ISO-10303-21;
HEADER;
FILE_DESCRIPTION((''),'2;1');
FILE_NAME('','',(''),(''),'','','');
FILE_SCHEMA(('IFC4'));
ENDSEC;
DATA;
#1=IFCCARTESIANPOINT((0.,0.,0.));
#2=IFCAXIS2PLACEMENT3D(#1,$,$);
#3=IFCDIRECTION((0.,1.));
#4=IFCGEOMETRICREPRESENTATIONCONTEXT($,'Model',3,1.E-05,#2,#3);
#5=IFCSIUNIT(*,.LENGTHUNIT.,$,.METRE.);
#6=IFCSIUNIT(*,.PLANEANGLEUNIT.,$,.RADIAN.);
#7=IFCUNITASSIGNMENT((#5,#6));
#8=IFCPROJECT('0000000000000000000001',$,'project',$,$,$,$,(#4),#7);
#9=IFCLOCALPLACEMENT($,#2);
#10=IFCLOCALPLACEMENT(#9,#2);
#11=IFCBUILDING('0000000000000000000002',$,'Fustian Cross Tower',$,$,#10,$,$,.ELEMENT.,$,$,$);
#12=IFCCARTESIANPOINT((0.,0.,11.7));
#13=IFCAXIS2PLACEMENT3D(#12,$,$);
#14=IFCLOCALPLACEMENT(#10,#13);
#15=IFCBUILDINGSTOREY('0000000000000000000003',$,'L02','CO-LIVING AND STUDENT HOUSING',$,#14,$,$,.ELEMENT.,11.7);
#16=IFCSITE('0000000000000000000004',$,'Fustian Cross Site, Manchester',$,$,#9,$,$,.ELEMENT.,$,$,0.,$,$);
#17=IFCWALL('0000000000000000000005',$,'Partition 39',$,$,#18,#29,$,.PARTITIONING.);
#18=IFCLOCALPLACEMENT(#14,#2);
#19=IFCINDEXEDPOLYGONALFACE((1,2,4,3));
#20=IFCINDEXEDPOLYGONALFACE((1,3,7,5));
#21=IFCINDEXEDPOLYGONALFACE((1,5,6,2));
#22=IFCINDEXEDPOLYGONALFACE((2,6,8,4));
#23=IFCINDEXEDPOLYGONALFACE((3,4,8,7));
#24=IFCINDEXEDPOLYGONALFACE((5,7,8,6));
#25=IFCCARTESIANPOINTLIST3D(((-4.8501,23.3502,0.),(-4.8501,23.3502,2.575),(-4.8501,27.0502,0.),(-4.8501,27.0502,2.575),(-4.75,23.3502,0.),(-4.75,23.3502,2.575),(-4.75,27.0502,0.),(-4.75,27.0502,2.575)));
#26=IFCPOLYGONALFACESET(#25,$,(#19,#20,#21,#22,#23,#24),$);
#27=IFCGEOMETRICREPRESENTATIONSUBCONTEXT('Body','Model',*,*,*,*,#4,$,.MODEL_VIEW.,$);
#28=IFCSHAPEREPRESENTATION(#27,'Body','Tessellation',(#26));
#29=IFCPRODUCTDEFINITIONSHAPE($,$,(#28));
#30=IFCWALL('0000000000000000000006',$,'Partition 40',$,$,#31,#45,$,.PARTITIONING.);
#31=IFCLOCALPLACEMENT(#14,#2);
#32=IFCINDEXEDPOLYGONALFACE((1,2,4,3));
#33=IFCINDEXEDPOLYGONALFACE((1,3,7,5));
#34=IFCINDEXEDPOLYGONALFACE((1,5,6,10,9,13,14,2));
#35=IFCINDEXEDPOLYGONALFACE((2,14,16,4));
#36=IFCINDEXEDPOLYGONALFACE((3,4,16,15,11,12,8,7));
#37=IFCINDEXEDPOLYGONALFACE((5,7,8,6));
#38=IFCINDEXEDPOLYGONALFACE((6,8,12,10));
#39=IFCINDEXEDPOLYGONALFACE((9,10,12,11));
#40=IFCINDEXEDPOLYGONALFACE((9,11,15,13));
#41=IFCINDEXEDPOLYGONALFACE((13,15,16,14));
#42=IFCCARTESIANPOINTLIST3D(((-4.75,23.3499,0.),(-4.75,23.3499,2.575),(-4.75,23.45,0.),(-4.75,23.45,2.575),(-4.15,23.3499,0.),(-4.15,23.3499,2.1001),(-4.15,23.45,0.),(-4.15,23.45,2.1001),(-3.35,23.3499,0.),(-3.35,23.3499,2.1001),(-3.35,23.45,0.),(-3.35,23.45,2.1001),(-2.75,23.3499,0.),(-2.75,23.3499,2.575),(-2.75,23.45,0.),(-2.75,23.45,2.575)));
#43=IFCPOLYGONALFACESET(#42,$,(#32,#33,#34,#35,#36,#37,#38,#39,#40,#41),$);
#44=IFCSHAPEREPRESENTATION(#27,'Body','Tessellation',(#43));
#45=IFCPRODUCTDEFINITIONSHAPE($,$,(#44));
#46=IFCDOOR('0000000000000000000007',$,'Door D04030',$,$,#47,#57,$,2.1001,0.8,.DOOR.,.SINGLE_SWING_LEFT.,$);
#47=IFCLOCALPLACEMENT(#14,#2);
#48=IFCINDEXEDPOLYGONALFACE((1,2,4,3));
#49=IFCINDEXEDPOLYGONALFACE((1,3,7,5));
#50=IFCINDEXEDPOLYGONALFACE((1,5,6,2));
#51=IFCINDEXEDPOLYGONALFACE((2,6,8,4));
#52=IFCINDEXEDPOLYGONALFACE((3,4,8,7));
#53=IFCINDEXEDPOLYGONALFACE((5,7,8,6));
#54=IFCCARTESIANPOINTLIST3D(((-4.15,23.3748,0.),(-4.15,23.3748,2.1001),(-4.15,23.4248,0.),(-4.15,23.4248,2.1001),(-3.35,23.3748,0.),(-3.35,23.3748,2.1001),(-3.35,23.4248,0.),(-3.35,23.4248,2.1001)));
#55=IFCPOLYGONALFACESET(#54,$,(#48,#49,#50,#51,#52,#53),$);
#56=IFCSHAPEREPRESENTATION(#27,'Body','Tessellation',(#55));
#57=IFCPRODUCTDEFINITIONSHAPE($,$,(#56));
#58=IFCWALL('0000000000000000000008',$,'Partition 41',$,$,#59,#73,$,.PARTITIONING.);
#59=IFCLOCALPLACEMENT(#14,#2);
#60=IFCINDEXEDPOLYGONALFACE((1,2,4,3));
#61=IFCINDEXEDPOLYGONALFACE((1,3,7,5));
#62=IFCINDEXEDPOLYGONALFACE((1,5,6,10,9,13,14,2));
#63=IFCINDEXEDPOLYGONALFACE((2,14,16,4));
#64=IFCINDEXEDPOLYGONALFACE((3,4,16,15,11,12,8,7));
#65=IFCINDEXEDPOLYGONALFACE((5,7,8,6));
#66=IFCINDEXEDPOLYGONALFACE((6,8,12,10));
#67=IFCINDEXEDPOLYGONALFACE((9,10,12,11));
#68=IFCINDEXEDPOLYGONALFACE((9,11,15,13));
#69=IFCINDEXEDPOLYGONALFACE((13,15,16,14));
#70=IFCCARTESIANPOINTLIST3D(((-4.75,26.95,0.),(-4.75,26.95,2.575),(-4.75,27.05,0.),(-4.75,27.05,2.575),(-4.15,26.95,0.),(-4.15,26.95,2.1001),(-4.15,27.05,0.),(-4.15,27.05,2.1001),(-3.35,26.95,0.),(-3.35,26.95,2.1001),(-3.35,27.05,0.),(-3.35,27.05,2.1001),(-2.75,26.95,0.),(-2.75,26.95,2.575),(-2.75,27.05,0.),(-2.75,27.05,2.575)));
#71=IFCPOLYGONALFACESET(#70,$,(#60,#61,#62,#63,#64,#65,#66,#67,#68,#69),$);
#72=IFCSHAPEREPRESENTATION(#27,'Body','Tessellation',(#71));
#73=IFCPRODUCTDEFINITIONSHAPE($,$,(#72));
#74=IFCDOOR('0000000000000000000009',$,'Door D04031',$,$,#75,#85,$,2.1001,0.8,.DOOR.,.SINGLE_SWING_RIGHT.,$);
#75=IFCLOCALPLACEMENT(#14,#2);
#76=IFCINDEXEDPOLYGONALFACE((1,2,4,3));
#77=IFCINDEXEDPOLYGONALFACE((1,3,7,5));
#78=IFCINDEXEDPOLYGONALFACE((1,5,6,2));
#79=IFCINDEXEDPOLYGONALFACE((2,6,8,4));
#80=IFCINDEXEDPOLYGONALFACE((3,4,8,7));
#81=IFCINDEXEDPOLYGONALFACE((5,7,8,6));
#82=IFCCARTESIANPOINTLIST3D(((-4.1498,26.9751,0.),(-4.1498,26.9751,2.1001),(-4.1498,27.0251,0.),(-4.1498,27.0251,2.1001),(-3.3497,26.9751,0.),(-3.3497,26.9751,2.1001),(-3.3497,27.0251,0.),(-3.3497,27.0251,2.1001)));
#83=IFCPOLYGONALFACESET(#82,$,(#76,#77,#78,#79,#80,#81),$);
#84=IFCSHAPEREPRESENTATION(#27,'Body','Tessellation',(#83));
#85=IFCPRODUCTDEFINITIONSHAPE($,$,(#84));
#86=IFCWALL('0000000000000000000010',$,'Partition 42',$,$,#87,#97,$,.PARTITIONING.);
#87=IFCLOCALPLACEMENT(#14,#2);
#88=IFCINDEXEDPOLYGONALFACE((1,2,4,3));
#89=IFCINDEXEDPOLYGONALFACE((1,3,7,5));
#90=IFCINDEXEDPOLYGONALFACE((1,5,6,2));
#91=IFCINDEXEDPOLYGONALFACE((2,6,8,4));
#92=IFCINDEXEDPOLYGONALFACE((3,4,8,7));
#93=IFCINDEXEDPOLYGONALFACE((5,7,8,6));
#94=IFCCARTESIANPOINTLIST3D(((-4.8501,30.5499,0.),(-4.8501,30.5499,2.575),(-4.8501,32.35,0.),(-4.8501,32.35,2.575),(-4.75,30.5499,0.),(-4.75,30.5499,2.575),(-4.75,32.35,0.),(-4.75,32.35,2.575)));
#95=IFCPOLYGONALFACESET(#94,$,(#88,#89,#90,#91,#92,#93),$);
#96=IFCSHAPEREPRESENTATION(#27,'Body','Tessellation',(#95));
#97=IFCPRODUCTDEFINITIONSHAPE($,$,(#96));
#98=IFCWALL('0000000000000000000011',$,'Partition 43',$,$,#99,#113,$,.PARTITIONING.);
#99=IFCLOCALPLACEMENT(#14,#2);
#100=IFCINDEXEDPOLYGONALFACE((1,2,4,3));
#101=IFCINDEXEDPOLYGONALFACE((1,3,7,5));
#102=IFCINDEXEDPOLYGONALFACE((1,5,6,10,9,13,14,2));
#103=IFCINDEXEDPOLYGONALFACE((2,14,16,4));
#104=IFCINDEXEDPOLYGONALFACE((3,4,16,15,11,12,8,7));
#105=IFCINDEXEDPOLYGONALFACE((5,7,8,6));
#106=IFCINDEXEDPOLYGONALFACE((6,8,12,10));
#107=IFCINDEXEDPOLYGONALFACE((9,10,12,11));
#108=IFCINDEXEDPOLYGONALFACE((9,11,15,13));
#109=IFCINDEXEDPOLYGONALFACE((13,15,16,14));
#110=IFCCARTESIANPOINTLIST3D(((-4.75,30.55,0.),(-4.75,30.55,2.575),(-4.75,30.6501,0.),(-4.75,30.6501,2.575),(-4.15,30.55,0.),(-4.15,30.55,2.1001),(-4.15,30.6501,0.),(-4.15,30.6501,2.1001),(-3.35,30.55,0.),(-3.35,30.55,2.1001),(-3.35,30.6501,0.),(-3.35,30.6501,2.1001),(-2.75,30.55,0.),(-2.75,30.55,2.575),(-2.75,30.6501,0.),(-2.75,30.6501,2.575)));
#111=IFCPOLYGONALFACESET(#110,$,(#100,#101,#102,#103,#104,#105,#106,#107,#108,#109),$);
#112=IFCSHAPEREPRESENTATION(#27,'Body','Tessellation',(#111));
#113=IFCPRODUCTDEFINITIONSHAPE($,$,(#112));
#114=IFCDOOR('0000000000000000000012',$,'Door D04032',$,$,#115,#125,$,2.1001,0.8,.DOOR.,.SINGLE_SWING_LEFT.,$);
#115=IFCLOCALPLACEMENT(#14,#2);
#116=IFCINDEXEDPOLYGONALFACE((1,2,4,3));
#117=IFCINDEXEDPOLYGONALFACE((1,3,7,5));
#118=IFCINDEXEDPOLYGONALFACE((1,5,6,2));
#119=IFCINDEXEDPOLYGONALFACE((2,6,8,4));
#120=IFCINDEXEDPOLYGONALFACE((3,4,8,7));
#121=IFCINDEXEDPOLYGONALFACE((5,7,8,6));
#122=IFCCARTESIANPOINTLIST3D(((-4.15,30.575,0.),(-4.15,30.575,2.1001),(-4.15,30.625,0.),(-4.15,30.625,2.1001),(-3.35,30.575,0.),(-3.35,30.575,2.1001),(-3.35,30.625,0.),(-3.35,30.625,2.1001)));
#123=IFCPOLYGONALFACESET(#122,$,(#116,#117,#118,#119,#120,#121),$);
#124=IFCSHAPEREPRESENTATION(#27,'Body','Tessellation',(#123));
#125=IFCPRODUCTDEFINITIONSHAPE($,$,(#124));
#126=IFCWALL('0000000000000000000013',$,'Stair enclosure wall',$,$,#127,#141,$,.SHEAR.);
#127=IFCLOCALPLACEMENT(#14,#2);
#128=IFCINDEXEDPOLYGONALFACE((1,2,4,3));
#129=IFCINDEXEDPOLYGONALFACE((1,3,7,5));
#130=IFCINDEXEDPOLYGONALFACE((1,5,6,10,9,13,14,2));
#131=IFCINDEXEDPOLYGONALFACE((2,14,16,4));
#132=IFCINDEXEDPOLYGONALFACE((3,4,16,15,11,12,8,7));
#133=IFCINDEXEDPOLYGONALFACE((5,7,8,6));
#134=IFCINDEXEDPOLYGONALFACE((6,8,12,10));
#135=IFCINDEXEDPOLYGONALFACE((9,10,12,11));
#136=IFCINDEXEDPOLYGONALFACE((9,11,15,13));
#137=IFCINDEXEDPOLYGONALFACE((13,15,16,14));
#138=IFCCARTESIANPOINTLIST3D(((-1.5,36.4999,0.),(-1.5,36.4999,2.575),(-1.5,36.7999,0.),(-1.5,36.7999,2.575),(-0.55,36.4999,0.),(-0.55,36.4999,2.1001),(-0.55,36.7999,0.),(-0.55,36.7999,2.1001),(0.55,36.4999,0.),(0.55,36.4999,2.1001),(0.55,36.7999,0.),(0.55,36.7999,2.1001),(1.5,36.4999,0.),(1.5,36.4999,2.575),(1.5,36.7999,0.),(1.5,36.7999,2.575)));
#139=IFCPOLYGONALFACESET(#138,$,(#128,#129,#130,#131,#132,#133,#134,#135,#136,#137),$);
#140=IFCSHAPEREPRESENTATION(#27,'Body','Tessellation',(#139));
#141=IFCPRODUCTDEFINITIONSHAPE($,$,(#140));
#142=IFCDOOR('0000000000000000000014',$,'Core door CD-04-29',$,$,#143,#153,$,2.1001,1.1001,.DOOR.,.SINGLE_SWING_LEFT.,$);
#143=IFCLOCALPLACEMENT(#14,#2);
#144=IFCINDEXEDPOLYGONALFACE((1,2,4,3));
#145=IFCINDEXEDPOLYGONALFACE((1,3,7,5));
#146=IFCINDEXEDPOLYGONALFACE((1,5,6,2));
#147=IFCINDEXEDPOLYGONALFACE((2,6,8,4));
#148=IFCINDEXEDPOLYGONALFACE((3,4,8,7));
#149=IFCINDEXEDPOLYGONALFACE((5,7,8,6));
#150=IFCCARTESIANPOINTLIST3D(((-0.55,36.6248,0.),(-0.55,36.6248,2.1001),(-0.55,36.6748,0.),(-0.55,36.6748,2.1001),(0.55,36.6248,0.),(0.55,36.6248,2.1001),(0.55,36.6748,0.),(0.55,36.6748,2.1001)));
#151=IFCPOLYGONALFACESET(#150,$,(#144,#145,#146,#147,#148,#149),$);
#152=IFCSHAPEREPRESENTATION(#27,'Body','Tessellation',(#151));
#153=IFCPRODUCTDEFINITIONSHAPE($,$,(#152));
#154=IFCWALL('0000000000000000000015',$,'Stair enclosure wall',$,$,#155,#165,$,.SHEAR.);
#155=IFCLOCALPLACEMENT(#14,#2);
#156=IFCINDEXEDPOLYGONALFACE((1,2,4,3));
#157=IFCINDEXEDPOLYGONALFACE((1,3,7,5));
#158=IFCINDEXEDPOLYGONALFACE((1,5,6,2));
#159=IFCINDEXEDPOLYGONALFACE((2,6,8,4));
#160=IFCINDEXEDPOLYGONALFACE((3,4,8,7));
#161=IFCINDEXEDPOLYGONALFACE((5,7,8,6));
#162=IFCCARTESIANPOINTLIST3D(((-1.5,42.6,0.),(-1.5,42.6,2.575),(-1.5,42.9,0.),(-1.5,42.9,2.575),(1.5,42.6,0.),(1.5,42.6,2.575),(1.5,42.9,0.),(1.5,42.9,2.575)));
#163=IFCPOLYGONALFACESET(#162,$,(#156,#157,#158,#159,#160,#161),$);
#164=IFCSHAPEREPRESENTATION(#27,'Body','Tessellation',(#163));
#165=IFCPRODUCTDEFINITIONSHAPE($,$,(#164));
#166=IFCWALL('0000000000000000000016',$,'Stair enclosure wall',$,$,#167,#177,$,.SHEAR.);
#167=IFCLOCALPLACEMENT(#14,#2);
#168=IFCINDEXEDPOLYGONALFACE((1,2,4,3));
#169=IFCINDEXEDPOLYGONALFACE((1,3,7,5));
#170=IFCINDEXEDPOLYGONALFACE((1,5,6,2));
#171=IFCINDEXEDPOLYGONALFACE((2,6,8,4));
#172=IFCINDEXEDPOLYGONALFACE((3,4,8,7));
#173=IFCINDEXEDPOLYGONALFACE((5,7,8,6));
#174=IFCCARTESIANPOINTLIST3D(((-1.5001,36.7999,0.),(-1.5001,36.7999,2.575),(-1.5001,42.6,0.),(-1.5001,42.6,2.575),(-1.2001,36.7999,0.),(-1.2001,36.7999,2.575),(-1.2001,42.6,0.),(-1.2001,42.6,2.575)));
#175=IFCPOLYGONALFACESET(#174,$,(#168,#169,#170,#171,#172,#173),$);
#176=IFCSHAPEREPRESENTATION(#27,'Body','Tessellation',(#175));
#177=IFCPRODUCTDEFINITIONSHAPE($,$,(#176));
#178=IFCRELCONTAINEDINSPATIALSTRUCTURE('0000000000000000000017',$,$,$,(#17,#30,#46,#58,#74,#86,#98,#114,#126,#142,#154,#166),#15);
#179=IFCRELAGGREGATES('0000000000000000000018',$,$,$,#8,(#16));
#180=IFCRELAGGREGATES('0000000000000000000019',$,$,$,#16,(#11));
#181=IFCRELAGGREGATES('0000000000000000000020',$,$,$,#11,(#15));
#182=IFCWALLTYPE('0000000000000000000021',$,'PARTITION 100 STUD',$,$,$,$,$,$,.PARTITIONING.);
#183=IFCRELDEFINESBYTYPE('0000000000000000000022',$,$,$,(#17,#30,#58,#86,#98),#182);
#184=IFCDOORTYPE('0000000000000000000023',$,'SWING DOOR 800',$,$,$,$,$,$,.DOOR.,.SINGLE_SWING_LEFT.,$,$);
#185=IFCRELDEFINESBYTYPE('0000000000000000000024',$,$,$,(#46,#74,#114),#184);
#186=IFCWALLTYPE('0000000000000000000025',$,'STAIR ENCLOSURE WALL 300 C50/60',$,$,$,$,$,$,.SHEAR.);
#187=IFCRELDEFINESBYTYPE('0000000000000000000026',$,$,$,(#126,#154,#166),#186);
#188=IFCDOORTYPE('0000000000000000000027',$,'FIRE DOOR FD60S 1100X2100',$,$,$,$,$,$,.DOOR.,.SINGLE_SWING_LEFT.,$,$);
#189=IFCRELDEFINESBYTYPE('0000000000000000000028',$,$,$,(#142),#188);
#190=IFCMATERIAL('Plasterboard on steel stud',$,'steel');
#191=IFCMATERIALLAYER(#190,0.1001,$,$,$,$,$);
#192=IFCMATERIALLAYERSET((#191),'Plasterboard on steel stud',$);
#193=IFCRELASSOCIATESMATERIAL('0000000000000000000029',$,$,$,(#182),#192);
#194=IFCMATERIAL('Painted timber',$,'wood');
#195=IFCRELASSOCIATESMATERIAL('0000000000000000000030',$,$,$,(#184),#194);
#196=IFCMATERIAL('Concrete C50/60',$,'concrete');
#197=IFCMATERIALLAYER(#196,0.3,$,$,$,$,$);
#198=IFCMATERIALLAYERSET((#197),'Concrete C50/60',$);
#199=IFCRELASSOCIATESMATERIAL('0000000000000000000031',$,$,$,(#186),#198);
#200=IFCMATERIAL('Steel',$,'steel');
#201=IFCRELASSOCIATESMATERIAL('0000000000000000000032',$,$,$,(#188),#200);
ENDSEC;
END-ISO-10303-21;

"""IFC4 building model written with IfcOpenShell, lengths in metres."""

from ifc_helpers import new_model, si_unit, direction, frame, frame_2d, origin, place, context, subcontext, project, spatial, rectangle, extrude, material, layer, layer_set, type_object, element, fill, save


model = new_model("IFC4")

# Units and contexts
model_context = context("Model", 3, precision=1e-05, world=origin(), true_north=direction((0.0, 1.0)))
body_context = subcontext(model_context, "Body", "Model", "MODEL_VIEW")
ifc_project = project(units=[si_unit("LENGTHUNIT", "METRE"), si_unit("PLANEANGLEUNIT", "RADIAN")], contexts=[model_context])

# Site, building, storey
site_placement = place(None, origin())
site = spatial("IfcSite", under=ifc_project, at=site_placement, Name="Fustian Cross Site, Manchester", CompositionType="ELEMENT", RefElevation=0.0)
building_placement = place(site_placement, origin())
building = spatial("IfcBuilding", under=site, at=building_placement, Name="Fustian Cross Tower", CompositionType="ELEMENT")
storey_placement = place(building_placement, frame((0.0, 0.0, 11.7)))
storey = spatial("IfcBuildingStorey", under=building, at=storey_placement, Name="L02", Description="CO-LIVING AND STUDENT HOUSING", CompositionType="ELEMENT", Elevation=11.7)

# Shared definitions
ifc_material_1 = material(Name="Plasterboard on steel stud", Category="steel")
ifc_layer_1 = layer(ifc_material_1, 0.1001)
ifc_layer_set_1 = layer_set([ifc_layer_1], Name="Plasterboard on steel stud")
wall_type_1 = type_object("IfcWallType", Name="PARTITION 100 STUD", PredefinedType="PARTITIONING", material=ifc_layer_set_1)
ifc_material_2 = material(Name="Painted timber", Category="wood")
door_type_1 = type_object("IfcDoorType", Name="SWING DOOR 800", OperationType="SINGLE_SWING_LEFT", PredefinedType="DOOR", material=ifc_material_2)

# Wall
wall_1_placement = place(storey_placement, frame((-4.8, 23.3501, 0.0), z_axis=(0.0, 0.0, 1.0), x_axis=(0.0, 1.0, 0.0)))
element("IfcWall", 1, at=wall_1_placement, inside=storey, type_object=wall_type_1, Name="Partition 39", PredefinedType="PARTITIONING", context=body_context, shape_type="SweptSolid", body=[
    extrude(rectangle(XDim=3.7, YDim=0.1001, at=frame_2d((1.8501, 0.0))), origin(), (0.0, 0.0, 1.0), 2.575),
])

# Walls, openings, doors
wall_2_placement = place(storey_placement, frame((-4.75, 23.3999, 0.0), z_axis=(0.0, 0.0, 1.0), x_axis=(1.0, 0.0, 0.0)))
wall_2 = element("IfcWall", 2, at=wall_2_placement, inside=storey, type_object=wall_type_1, Name="Partition 40", PredefinedType="PARTITIONING", context=body_context, shape_type="SweptSolid", body=[
    extrude(rectangle(XDim=2.0, YDim=0.1001, at=frame_2d((1.0, 0.0))), origin(), (0.0, 0.0, 1.0), 2.575),
])
opening_1_placement = place(wall_2_placement, frame((0.6001, 0.0, 0.0)))
opening_1 = element("IfcOpeningElement", 3, at=opening_1_placement, cuts=wall_2, PredefinedType="OPENING", context=body_context, shape_type="SweptSolid", body=[
    extrude(rectangle(XDim=0.8, YDim=2.1001, at=frame_2d((0.3999, 1.05))), frame((0.0, 0.0601, 0.0), z_axis=(0.0, -1.0, 0.0), x_axis=(1.0, 0.0, 0.0)), (0.0, 0.0, 1.0), 0.1201),
])
door_1_placement = place(opening_1_placement, origin())
door_1 = element("IfcDoor", 4, at=door_1_placement, inside=storey, type_object=door_type_1, Name="Door D04030", OperationType="SINGLE_SWING_LEFT", OverallHeight=2.1001, OverallWidth=0.8, PredefinedType="DOOR", context=body_context, shape_type="SweptSolid", body=[
    extrude(rectangle(XDim=0.8, YDim=2.1001, at=frame_2d((0.3999, 1.05))), frame((0.0, 0.0249, 0.0), z_axis=(0.0, -1.0, 0.0), x_axis=(1.0, 0.0, 0.0)), (0.0, 0.0, 1.0), 0.05),
])
fill(opening_1, door_1)
wall_3_placement = place(storey_placement, frame((-4.75, 27.0, 0.0), z_axis=(0.0, 0.0, 1.0), x_axis=(1.0, 0.0, 0.0)))
wall_3 = element("IfcWall", 5, at=wall_3_placement, inside=storey, type_object=wall_type_1, Name="Partition 41", PredefinedType="PARTITIONING", context=body_context, shape_type="SweptSolid", body=[
    extrude(rectangle(XDim=2.0, YDim=0.1001, at=frame_2d((1.0, 0.0))), origin(), (0.0, 0.0, 1.0), 2.575),
])
opening_2_placement = place(wall_3_placement, frame((0.6001, 0.0, 0.0)))
opening_2 = element("IfcOpeningElement", 6, at=opening_2_placement, cuts=wall_3, PredefinedType="OPENING", context=body_context, shape_type="SweptSolid", body=[
    extrude(rectangle(XDim=0.8, YDim=2.1001, at=frame_2d((0.3999, 1.05))), frame((0.0, 0.0601, 0.0), z_axis=(0.0, -1.0, 0.0), x_axis=(1.0, 0.0, 0.0)), (0.0, 0.0, 1.0), 0.1201),
])
door_2_placement = place(opening_2_placement, frame((0.8, 0.0, 0.0), z_axis=(0.0, 0.0, 1.0), x_axis=(-1.0, 0.0, 0.0)))
door_2 = element("IfcDoor", 7, at=door_2_placement, inside=storey, type_object=door_type_1, Name="Door D04031", OperationType="SINGLE_SWING_RIGHT", OverallHeight=2.1001, OverallWidth=0.8, PredefinedType="DOOR", context=body_context, shape_type="SweptSolid", body=[
    extrude(rectangle(XDim=0.8, YDim=2.1001, at=frame_2d((0.3999, 1.05))), frame((0.0, 0.0249, 0.0), z_axis=(0.0, -1.0, 0.0), x_axis=(1.0, 0.0, 0.0)), (0.0, 0.0, 1.0), 0.05),
])
fill(opening_2, door_2)

# Wall
wall_4_placement = place(storey_placement, frame((-4.8, 30.55, 0.0), z_axis=(0.0, 0.0, 1.0), x_axis=(0.0, 1.0, 0.0)))
element("IfcWall", 8, at=wall_4_placement, inside=storey, type_object=wall_type_1, Name="Partition 42", PredefinedType="PARTITIONING", context=body_context, shape_type="SweptSolid", body=[
    extrude(rectangle(XDim=1.8, YDim=0.1001, at=frame_2d((0.8999, 0.0))), origin(), (0.0, 0.0, 1.0), 2.575),
])

# Walls, openings, doors
wall_5_placement = place(storey_placement, frame((-4.75, 30.6001, 0.0), z_axis=(0.0, 0.0, 1.0), x_axis=(1.0, 0.0, 0.0)))
wall_5 = element("IfcWall", 9, at=wall_5_placement, inside=storey, type_object=wall_type_1, Name="Partition 43", PredefinedType="PARTITIONING", context=body_context, shape_type="SweptSolid", body=[
    extrude(rectangle(XDim=2.0, YDim=0.1001, at=frame_2d((1.0, 0.0))), origin(), (0.0, 0.0, 1.0), 2.575),
])
opening_3_placement = place(wall_5_placement, frame((0.6001, 0.0, 0.0)))
opening_3 = element("IfcOpeningElement", 10, at=opening_3_placement, cuts=wall_5, PredefinedType="OPENING", context=body_context, shape_type="SweptSolid", body=[
    extrude(rectangle(XDim=0.8, YDim=2.1001, at=frame_2d((0.3999, 1.05))), frame((0.0, 0.0601, 0.0), z_axis=(0.0, -1.0, 0.0), x_axis=(1.0, 0.0, 0.0)), (0.0, 0.0, 1.0), 0.1201),
])
door_3_placement = place(opening_3_placement, origin())
door_3 = element("IfcDoor", 11, at=door_3_placement, inside=storey, type_object=door_type_1, Name="Door D04032", OperationType="SINGLE_SWING_LEFT", OverallHeight=2.1001, OverallWidth=0.8, PredefinedType="DOOR", context=body_context, shape_type="SweptSolid", body=[
    extrude(rectangle(XDim=0.8, YDim=2.1001, at=frame_2d((0.3999, 1.05))), frame((0.0, 0.0249, 0.0), z_axis=(0.0, -1.0, 0.0), x_axis=(1.0, 0.0, 0.0)), (0.0, 0.0, 1.0), 0.05),
])
fill(opening_3, door_3)
ifc_material_3 = material(Name="Concrete C50/60", Category="concrete")
ifc_layer_2 = layer(ifc_material_3, 0.3)
ifc_layer_set_2 = layer_set([ifc_layer_2], Name="Concrete C50/60")
wall_type_2 = type_object("IfcWallType", Name="STAIR ENCLOSURE WALL 300 C50/60", PredefinedType="SHEAR", material=ifc_layer_set_2)
wall_6_placement = place(storey_placement, frame((-1.5, 36.6499, 0.0), z_axis=(0.0, 0.0, 1.0), x_axis=(1.0, 0.0, 0.0)))
wall_6 = element("IfcWall", 12, at=wall_6_placement, inside=storey, type_object=wall_type_2, Name="Stair enclosure wall", PredefinedType="SHEAR", context=body_context, shape_type="SweptSolid", body=[
    extrude(rectangle(XDim=3.0, YDim=0.3, at=frame_2d((1.5, 0.0))), origin(), (0.0, 0.0, 1.0), 2.575),
])
opening_4_placement = place(wall_6_placement, frame((0.95, 0.0, 0.0)))
opening_4 = element("IfcOpeningElement", 13, at=opening_4_placement, cuts=wall_6, PredefinedType="OPENING", context=body_context, shape_type="SweptSolid", body=[
    extrude(rectangle(XDim=1.1001, YDim=2.1001, at=frame_2d((0.55, 1.05))), frame((0.0, 0.1599, 0.0), z_axis=(0.0, -1.0, 0.0), x_axis=(1.0, 0.0, 0.0)), (0.0, 0.0, 1.0), 0.3201),
])
ifc_material_4 = material(Name="Steel", Category="steel")
door_type_2 = type_object("IfcDoorType", Name="FIRE DOOR FD60S 1100X2100", OperationType="SINGLE_SWING_LEFT", PredefinedType="DOOR", material=ifc_material_4)
door_4_placement = place(opening_4_placement, origin())
door_4 = element("IfcDoor", 14, at=door_4_placement, inside=storey, type_object=door_type_2, Name="Core door CD-04-29", OperationType="SINGLE_SWING_LEFT", OverallHeight=2.1001, OverallWidth=1.1001, PredefinedType="DOOR", context=body_context, shape_type="SweptSolid", body=[
    extrude(rectangle(XDim=1.1001, YDim=2.1001, at=frame_2d((0.55, 1.05))), frame((0.0, 0.0249, 0.0), z_axis=(0.0, -1.0, 0.0), x_axis=(1.0, 0.0, 0.0)), (0.0, 0.0, 1.0), 0.05),
])
fill(opening_4, door_4)

# Walls
wall_7_placement = place(storey_placement, frame((-1.5, 42.75, 0.0), z_axis=(0.0, 0.0, 1.0), x_axis=(1.0, 0.0, 0.0)))
element("IfcWall", 15, at=wall_7_placement, inside=storey, type_object=wall_type_2, Name="Stair enclosure wall", PredefinedType="SHEAR", context=body_context, shape_type="SweptSolid", body=[
    extrude(rectangle(XDim=3.0, YDim=0.3, at=frame_2d((1.5, 0.0))), origin(), (0.0, 0.0, 1.0), 2.575),
])
wall_8_placement = place(storey_placement, frame((-1.3501, 36.8, 0.0), z_axis=(0.0, 0.0, 1.0), x_axis=(0.0, 1.0, 0.0)))
element("IfcWall", 16, at=wall_8_placement, inside=storey, type_object=wall_type_2, Name="Stair enclosure wall", PredefinedType="SHEAR", context=body_context, shape_type="SweptSolid", body=[
    extrude(rectangle(XDim=5.8, YDim=0.3, at=frame_2d((2.8999, 0.0))), origin(), (0.0, 0.0, 1.0), 2.575),
])

save(model, "model.ifc")
